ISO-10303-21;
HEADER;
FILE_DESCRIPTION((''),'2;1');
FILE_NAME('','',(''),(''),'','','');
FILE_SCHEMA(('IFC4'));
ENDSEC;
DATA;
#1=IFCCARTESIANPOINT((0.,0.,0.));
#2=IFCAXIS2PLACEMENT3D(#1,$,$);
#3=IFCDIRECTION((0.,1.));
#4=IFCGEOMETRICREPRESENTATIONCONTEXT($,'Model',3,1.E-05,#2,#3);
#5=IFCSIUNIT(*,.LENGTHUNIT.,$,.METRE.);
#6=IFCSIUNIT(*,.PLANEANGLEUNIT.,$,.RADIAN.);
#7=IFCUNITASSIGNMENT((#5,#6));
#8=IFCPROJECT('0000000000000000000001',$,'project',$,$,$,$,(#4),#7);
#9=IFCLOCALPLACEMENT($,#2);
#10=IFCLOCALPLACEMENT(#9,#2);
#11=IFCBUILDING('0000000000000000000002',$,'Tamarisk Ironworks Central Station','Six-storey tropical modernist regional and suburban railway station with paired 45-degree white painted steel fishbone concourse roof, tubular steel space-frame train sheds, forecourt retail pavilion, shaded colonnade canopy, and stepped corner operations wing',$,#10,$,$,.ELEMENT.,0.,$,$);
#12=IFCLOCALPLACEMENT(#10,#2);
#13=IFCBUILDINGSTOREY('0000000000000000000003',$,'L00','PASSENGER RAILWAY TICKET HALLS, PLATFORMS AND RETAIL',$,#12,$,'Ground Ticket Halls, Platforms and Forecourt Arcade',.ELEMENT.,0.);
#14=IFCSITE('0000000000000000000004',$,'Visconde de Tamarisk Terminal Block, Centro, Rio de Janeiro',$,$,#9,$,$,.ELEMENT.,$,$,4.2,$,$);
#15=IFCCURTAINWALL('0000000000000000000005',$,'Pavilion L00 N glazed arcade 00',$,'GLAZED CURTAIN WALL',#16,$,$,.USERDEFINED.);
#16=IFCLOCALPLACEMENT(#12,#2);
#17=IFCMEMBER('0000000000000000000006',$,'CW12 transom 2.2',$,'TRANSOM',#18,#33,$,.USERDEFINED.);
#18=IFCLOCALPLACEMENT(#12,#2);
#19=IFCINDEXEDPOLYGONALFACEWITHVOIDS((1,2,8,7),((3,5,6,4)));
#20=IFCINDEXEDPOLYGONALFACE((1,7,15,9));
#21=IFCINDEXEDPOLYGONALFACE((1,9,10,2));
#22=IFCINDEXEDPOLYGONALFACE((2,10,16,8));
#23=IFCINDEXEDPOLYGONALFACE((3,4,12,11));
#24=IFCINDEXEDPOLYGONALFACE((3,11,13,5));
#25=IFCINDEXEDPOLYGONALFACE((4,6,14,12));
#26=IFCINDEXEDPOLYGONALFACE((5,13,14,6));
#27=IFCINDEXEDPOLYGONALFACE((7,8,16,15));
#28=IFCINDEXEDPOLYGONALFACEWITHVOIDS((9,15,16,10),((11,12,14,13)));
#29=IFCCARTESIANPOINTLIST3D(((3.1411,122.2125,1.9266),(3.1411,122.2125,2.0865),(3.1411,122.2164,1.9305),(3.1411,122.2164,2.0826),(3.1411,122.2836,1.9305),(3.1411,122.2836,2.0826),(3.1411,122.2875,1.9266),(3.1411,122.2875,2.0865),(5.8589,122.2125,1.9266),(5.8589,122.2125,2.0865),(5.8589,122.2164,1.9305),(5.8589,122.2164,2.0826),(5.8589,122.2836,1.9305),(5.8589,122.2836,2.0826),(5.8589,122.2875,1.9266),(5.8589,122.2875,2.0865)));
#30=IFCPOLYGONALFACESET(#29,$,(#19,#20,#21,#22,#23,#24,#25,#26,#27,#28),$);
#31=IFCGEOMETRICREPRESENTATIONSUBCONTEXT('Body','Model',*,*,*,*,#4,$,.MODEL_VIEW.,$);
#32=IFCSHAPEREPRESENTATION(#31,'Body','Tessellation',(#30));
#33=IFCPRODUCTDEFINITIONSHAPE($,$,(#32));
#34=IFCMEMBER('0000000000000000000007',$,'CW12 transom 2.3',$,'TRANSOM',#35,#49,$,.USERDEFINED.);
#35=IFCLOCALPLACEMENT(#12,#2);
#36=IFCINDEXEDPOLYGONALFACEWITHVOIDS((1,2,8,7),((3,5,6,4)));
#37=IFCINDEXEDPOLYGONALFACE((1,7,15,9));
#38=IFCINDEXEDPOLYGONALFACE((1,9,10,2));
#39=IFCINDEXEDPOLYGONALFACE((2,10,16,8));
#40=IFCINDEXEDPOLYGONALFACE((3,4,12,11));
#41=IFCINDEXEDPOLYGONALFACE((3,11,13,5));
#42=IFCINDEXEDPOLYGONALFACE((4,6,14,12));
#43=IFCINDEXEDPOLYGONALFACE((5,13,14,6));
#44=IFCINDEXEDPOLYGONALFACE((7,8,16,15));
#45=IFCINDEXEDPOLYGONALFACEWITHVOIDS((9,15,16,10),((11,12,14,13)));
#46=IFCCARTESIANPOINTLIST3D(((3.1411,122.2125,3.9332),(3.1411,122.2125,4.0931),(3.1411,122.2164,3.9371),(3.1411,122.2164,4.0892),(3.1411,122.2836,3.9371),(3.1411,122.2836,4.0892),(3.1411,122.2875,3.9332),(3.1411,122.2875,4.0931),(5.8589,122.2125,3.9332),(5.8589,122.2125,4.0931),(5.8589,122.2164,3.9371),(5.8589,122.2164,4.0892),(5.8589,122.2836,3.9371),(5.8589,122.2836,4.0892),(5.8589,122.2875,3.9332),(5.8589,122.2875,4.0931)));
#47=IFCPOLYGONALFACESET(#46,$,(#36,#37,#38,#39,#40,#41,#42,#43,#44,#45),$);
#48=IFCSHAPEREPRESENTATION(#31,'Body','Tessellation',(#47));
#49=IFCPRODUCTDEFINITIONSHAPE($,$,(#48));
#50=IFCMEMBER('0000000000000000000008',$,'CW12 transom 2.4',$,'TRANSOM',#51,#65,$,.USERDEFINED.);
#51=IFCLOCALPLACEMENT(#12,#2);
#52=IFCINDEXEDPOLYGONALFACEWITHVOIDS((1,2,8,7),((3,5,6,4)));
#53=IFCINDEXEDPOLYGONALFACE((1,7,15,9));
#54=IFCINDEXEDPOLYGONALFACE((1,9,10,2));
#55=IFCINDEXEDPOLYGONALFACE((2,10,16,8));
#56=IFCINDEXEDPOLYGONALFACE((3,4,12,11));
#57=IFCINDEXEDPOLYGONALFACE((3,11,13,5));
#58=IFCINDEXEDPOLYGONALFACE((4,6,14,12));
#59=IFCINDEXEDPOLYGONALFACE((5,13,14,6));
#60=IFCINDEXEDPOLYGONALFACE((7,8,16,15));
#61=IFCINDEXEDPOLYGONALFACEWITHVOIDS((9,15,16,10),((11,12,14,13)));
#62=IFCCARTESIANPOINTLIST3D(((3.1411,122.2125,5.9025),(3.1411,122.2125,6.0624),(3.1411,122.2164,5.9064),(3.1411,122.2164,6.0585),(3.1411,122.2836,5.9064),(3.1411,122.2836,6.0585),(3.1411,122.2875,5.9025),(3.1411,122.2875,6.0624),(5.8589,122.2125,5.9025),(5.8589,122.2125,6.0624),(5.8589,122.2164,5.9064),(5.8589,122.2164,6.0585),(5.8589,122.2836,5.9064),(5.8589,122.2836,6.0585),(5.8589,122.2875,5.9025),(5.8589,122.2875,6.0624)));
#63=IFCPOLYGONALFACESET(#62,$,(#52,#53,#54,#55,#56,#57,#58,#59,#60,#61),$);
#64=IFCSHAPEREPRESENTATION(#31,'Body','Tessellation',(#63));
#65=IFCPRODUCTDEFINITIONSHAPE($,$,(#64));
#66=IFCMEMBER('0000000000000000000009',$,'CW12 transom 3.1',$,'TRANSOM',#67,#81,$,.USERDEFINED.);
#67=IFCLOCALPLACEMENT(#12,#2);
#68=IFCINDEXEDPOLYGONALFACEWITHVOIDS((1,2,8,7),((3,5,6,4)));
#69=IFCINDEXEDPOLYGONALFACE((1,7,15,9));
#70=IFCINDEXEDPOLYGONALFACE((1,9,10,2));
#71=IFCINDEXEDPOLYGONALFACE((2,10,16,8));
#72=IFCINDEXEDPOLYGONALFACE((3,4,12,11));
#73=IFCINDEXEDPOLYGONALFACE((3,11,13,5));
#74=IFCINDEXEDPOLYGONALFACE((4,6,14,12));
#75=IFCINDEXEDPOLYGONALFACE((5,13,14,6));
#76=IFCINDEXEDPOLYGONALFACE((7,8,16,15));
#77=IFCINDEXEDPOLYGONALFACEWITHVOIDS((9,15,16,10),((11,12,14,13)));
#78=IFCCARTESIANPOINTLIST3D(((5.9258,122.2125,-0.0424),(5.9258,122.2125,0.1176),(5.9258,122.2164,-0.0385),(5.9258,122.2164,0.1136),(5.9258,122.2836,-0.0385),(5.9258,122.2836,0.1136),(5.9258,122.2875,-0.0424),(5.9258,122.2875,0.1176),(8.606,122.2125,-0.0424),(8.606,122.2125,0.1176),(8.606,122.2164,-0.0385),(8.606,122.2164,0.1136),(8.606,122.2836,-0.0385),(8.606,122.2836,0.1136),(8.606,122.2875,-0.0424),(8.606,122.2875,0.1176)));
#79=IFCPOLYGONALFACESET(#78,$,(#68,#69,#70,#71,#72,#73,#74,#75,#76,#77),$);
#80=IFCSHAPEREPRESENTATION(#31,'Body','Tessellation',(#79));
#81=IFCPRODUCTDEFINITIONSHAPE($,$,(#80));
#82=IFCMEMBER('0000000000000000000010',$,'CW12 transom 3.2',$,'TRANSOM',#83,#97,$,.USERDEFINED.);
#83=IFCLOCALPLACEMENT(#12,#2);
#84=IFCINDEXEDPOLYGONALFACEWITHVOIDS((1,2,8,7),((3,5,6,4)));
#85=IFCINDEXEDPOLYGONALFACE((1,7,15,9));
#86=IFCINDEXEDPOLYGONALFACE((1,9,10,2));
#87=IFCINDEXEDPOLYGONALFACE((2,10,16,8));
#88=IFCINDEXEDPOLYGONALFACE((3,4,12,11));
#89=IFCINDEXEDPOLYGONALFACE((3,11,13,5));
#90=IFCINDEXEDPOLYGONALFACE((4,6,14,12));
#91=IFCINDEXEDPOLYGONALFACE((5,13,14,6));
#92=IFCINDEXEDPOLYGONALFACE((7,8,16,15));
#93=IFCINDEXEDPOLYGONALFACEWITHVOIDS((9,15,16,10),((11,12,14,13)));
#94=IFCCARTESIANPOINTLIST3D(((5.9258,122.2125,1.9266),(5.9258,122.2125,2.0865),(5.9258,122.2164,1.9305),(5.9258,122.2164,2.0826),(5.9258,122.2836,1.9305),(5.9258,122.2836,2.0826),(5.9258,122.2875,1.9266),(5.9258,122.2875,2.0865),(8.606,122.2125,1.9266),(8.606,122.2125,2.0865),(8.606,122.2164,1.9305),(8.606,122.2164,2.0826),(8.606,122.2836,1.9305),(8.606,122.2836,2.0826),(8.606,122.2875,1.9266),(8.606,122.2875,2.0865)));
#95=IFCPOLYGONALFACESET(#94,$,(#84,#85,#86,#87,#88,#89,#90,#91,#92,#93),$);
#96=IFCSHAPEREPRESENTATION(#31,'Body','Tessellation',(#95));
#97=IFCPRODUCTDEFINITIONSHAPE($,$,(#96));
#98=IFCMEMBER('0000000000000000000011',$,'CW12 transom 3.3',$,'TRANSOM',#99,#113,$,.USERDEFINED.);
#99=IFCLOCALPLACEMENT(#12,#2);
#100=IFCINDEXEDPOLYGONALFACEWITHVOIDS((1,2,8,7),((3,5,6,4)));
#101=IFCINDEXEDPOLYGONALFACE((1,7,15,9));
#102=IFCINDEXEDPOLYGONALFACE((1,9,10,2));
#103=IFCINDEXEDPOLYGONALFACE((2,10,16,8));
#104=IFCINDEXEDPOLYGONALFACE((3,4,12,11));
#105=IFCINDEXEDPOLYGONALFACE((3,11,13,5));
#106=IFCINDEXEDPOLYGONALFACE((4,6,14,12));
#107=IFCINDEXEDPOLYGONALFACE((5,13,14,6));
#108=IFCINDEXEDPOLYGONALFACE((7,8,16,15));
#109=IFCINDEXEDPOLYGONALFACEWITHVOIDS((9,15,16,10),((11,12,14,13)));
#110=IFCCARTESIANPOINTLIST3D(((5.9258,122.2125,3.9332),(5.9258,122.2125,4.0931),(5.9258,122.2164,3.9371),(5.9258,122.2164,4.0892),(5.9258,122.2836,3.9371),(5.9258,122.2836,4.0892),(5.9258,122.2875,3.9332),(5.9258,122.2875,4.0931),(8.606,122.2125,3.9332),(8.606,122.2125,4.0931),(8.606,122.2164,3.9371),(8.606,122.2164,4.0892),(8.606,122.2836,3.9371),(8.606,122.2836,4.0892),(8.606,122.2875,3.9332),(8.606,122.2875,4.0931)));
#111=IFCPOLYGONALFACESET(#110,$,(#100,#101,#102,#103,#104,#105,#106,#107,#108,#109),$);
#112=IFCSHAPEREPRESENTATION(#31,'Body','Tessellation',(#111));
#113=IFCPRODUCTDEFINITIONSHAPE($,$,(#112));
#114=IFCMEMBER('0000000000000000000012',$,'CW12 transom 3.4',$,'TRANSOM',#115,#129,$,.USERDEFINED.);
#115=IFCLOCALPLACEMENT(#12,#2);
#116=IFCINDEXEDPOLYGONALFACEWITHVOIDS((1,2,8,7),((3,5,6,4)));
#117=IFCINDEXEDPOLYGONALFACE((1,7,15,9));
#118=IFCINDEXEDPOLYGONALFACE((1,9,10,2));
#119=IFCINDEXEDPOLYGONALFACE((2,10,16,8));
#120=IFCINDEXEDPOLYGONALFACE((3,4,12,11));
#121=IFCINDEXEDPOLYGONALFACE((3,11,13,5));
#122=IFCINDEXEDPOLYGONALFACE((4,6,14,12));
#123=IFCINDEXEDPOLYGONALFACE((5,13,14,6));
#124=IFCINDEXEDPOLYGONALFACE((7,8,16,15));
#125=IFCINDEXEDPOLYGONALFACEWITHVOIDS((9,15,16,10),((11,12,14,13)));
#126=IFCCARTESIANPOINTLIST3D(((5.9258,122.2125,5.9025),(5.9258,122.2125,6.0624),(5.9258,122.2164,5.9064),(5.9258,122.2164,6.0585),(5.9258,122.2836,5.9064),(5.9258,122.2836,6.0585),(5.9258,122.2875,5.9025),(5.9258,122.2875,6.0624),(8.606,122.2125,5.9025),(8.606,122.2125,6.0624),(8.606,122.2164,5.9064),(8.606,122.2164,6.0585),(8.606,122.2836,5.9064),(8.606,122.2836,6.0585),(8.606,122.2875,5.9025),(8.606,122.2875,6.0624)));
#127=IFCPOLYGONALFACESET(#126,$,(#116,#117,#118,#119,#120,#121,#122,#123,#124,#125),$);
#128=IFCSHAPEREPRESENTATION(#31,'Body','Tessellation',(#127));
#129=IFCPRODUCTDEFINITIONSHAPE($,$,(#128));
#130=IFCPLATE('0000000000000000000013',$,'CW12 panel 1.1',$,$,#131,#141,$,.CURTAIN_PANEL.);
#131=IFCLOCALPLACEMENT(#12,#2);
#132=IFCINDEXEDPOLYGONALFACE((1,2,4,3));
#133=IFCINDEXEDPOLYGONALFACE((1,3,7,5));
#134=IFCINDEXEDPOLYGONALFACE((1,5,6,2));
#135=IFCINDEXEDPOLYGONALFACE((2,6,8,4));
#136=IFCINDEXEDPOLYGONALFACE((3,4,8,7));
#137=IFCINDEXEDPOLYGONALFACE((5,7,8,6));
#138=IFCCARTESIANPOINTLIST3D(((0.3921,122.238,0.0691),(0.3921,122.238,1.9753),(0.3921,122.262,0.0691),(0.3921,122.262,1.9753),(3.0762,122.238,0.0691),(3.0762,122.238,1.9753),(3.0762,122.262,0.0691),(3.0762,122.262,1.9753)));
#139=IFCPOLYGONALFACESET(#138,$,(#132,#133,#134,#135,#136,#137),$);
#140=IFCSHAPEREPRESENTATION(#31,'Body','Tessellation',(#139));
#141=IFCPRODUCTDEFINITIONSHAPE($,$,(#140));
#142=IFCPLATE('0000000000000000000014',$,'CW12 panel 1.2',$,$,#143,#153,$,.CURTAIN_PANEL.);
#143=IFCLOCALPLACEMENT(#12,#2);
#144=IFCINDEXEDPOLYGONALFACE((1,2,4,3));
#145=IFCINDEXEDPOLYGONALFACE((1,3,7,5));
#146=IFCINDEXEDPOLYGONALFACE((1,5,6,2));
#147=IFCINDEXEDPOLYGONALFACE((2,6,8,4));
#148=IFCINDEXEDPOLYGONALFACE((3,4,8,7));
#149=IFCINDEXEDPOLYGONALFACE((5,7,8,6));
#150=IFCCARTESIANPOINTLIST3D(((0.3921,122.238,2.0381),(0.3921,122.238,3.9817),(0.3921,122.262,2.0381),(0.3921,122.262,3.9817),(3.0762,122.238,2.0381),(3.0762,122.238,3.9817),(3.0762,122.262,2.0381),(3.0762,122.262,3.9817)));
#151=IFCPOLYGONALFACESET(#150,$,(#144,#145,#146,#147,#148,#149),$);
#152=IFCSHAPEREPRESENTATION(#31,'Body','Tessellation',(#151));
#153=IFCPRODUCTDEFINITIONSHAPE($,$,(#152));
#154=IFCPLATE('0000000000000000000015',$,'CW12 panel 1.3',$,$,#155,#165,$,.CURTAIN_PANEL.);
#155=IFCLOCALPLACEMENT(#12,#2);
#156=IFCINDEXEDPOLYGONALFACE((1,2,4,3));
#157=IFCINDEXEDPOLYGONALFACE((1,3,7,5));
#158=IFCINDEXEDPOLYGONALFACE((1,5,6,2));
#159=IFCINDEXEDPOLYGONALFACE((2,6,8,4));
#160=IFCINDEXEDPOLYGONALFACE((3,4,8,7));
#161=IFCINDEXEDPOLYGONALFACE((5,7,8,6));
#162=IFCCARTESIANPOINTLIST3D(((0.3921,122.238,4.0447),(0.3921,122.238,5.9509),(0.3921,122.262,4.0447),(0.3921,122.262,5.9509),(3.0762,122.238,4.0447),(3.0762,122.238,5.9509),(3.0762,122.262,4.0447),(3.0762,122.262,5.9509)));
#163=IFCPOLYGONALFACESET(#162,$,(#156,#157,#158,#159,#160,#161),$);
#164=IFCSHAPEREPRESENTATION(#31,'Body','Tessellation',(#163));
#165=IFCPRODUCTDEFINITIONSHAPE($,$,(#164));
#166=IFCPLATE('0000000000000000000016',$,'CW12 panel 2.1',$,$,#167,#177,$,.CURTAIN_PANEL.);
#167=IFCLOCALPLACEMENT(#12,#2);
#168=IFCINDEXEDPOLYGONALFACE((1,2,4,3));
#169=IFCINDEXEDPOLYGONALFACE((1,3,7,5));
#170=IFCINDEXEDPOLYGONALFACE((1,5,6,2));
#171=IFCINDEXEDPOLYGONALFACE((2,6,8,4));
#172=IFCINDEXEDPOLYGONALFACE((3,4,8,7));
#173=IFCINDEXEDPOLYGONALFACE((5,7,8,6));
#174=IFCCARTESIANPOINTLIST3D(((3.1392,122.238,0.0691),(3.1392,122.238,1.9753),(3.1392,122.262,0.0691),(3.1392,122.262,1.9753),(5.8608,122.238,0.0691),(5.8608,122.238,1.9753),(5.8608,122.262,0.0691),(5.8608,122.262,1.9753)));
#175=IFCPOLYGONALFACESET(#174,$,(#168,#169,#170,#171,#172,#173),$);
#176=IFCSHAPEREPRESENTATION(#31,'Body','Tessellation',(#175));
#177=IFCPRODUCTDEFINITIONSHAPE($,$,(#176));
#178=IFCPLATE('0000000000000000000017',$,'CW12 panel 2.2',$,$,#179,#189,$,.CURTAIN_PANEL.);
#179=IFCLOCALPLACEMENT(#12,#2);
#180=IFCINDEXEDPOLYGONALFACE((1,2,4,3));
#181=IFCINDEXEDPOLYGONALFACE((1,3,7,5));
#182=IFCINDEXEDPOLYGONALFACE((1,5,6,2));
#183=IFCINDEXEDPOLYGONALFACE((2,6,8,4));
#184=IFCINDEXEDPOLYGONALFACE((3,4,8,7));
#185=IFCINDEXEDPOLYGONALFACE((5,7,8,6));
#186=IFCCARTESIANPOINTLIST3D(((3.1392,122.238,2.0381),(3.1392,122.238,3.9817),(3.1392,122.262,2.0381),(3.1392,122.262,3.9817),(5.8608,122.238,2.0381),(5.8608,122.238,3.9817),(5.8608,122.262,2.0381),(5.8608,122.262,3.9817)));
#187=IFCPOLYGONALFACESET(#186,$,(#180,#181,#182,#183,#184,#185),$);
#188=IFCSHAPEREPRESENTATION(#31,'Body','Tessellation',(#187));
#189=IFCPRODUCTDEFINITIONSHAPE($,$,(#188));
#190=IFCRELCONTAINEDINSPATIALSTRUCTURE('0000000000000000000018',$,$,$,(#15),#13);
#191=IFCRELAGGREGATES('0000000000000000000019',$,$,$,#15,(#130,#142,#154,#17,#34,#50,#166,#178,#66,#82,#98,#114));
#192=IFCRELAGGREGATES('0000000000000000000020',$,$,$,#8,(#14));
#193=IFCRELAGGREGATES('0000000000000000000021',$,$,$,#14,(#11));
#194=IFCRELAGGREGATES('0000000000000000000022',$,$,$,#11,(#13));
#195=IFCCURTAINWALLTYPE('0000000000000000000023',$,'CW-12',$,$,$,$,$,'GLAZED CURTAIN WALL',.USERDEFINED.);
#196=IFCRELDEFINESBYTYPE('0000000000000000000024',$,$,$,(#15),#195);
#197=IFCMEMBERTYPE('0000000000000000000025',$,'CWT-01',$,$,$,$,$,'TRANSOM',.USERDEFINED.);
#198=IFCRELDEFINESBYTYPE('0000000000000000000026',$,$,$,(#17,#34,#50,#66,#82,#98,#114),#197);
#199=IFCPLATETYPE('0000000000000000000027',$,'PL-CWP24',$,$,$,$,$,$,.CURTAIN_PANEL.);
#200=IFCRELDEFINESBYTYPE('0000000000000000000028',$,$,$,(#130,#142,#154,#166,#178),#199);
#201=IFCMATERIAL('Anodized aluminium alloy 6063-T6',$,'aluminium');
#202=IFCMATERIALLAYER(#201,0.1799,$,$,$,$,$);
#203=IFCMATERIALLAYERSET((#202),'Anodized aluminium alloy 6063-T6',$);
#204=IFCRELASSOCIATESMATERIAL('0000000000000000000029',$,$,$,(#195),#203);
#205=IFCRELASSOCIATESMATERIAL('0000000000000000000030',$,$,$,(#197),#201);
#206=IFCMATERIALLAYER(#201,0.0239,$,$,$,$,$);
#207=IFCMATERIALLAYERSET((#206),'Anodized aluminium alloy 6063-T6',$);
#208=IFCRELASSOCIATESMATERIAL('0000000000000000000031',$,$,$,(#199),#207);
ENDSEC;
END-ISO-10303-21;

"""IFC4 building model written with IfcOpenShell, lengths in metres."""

from ifc_helpers import new_model, si_unit, direction, frame, origin, origin_2d, place, context, subcontext, project, spatial, rectangle, hollow_rectangle, extrude, material, layer, layer_set, material_profile, profile_set, type_object, element, aggregate, save


model = new_model("IFC4")

# Units and contexts
model_context = context("Model", 3, precision=1e-05, world=origin(), true_north=direction((0.0, 1.0)))
body_context = subcontext(model_context, "Body", "Model", "MODEL_VIEW")
ifc_project = project(units=[si_unit("LENGTHUNIT", "METRE"), si_unit("PLANEANGLEUNIT", "RADIAN")], contexts=[model_context])

# Site, building, storey
site_placement = place(None, origin())
site = spatial("IfcSite", under=ifc_project, at=site_placement, Name="Visconde de Tamarisk Terminal Block, Centro, Rio de Janeiro", CompositionType="ELEMENT", RefElevation=4.2)
building_placement = place(site_placement, origin())
building = spatial("IfcBuilding", under=site, at=building_placement, Name="Tamarisk Ironworks Central Station", Description="Six-storey tropical modernist regional and suburban railway station with paired 45-degree white painted steel fishbone concourse roof, tubular steel space-frame train sheds, forecourt retail pavilion, shaded colonnade canopy, and stepped corner operations wing", CompositionType="ELEMENT", ElevationOfRefHeight=0.0)
storey_placement = place(building_placement, origin())
storey = spatial("IfcBuildingStorey", under=building, at=storey_placement, Name="L00", Description="PASSENGER RAILWAY TICKET HALLS, PLATFORMS AND RETAIL", LongName="Ground Ticket Halls, Platforms and Forecourt Arcade", CompositionType="ELEMENT", Elevation=0.0)

# Curtain wall, members, plates
ifc_material_1 = material(Name="Anodized aluminium alloy 6063-T6", Category="aluminium")
ifc_layer_1 = layer(ifc_material_1, 0.1799)
ifc_layer_set_1 = layer_set([ifc_layer_1], Name="Anodized aluminium alloy 6063-T6")
curtain_wall_type = type_object("IfcCurtainWallType", Name="CW-12", ElementType="GLAZED CURTAIN WALL", PredefinedType="USERDEFINED", material=ifc_layer_set_1)
curtain_wall_placement = place(storey_placement, origin())
curtain_wall = element("IfcCurtainWall", 1, at=curtain_wall_placement, inside=storey, type_object=curtain_wall_type, Name="Pavilion L00 N glazed arcade 00", ObjectType="GLAZED CURTAIN WALL", PredefinedType="USERDEFINED")
ifc_material_profile_1 = material_profile(ifc_material_1, hollow_rectangle(XDim=0.075, YDim=0.1599, WallThickness=0.0039, at=origin_2d()), Name="ALUM 160x75")
ifc_profile_set_1 = profile_set([ifc_material_profile_1], Name="Anodized aluminium alloy 6063-T6")
member_type_1 = type_object("IfcMemberType", Name="CWT-01", ElementType="TRANSOM", PredefinedType="USERDEFINED", material=ifc_profile_set_1)
member_1_placement = place(storey_placement, frame((3.1411, 122.25, 2.0066), z_axis=(1.0, 0.0, 0.0), x_axis=(0.0, 1.0, 0.0)))
member_1 = element("IfcMember", 2, at=member_1_placement, type_object=member_type_1, Name="CW12 transom 2.2", ObjectType="TRANSOM", PredefinedType="USERDEFINED", context=body_context, shape_type="SweptSolid", body=[
    extrude(hollow_rectangle(XDim=0.075, YDim=0.1599, WallThickness=0.0039, at=origin_2d()), origin(), (0.0, 0.0, 1.0), 2.7178),
])
member_2_placement = place(storey_placement, frame((3.1411, 122.25, 4.0132), z_axis=(1.0, 0.0, 0.0), x_axis=(0.0, 1.0, 0.0)))
member_2 = element("IfcMember", 3, at=member_2_placement, type_object=member_type_1, Name="CW12 transom 2.3", ObjectType="TRANSOM", PredefinedType="USERDEFINED", context=body_context, shape_type="SweptSolid", body=[
    extrude(hollow_rectangle(XDim=0.075, YDim=0.1599, WallThickness=0.0039, at=origin_2d()), origin(), (0.0, 0.0, 1.0), 2.7178),
])
member_3_placement = place(storey_placement, frame((3.1411, 122.25, 5.9824), z_axis=(1.0, 0.0, 0.0), x_axis=(0.0, 1.0, 0.0)))
member_3 = element("IfcMember", 4, at=member_3_placement, type_object=member_type_1, Name="CW12 transom 2.4", ObjectType="TRANSOM", PredefinedType="USERDEFINED", context=body_context, shape_type="SweptSolid", body=[
    extrude(hollow_rectangle(XDim=0.075, YDim=0.1599, WallThickness=0.0039, at=origin_2d()), origin(), (0.0, 0.0, 1.0), 2.7178),
])
member_4_placement = place(storey_placement, frame((5.9258, 122.25, 0.0376), z_axis=(1.0, 0.0, 0.0), x_axis=(0.0, 1.0, 0.0)))
member_4 = element("IfcMember", 5, at=member_4_placement, type_object=member_type_1, Name="CW12 transom 3.1", ObjectType="TRANSOM", PredefinedType="USERDEFINED", context=body_context, shape_type="SweptSolid", body=[
    extrude(hollow_rectangle(XDim=0.075, YDim=0.1599, WallThickness=0.0039, at=origin_2d()), origin(), (0.0, 0.0, 1.0), 2.6802),
])
member_5_placement = place(storey_placement, frame((5.9258, 122.25, 2.0066), z_axis=(1.0, 0.0, 0.0), x_axis=(0.0, 1.0, 0.0)))
member_5 = element("IfcMember", 6, at=member_5_placement, type_object=member_type_1, Name="CW12 transom 3.2", ObjectType="TRANSOM", PredefinedType="USERDEFINED", context=body_context, shape_type="SweptSolid", body=[
    extrude(hollow_rectangle(XDim=0.075, YDim=0.1599, WallThickness=0.0039, at=origin_2d()), origin(), (0.0, 0.0, 1.0), 2.6802),
])
member_6_placement = place(storey_placement, frame((5.9258, 122.25, 4.0132), z_axis=(1.0, 0.0, 0.0), x_axis=(0.0, 1.0, 0.0)))
member_6 = element("IfcMember", 7, at=member_6_placement, type_object=member_type_1, Name="CW12 transom 3.3", ObjectType="TRANSOM", PredefinedType="USERDEFINED", context=body_context, shape_type="SweptSolid", body=[
    extrude(hollow_rectangle(XDim=0.075, YDim=0.1599, WallThickness=0.0039, at=origin_2d()), origin(), (0.0, 0.0, 1.0), 2.6802),
])
member_7_placement = place(storey_placement, frame((5.9258, 122.25, 5.9824), z_axis=(1.0, 0.0, 0.0), x_axis=(0.0, 1.0, 0.0)))
member_7 = element("IfcMember", 8, at=member_7_placement, type_object=member_type_1, Name="CW12 transom 3.4", ObjectType="TRANSOM", PredefinedType="USERDEFINED", context=body_context, shape_type="SweptSolid", body=[
    extrude(hollow_rectangle(XDim=0.075, YDim=0.1599, WallThickness=0.0039, at=origin_2d()), origin(), (0.0, 0.0, 1.0), 2.6802),
])
ifc_layer_2 = layer(ifc_material_1, 0.0239)
ifc_layer_set_2 = layer_set([ifc_layer_2], Name="Anodized aluminium alloy 6063-T6")
plate_type = type_object("IfcPlateType", Name="PL-CWP24", PredefinedType="CURTAIN_PANEL", material=ifc_layer_set_2)
plate_1_placement = place(storey_placement, frame((1.7341, 122.25, 0.0691), z_axis=(0.0, 0.0, 1.0), x_axis=(1.0, 0.0, 0.0)))
plate_1 = element("IfcPlate", 9, at=plate_1_placement, type_object=plate_type, Name="CW12 panel 1.1", PredefinedType="CURTAIN_PANEL", context=body_context, shape_type="SweptSolid", body=[
    extrude(rectangle(XDim=2.6841, YDim=0.0239, at=origin_2d()), origin(), (0.0, 0.0, 1.0), 1.9062),
])
plate_2_placement = place(storey_placement, frame((1.7341, 122.25, 2.0381), z_axis=(0.0, 0.0, 1.0), x_axis=(1.0, 0.0, 0.0)))
plate_2 = element("IfcPlate", 10, at=plate_2_placement, type_object=plate_type, Name="CW12 panel 1.2", PredefinedType="CURTAIN_PANEL", context=body_context, shape_type="SweptSolid", body=[
    extrude(rectangle(XDim=2.6841, YDim=0.0239, at=origin_2d()), origin(), (0.0, 0.0, 1.0), 1.9436),
])
plate_3_placement = place(storey_placement, frame((1.7341, 122.25, 4.0447), z_axis=(0.0, 0.0, 1.0), x_axis=(1.0, 0.0, 0.0)))
plate_3 = element("IfcPlate", 11, at=plate_3_placement, type_object=plate_type, Name="CW12 panel 1.3", PredefinedType="CURTAIN_PANEL", context=body_context, shape_type="SweptSolid", body=[
    extrude(rectangle(XDim=2.6841, YDim=0.0239, at=origin_2d()), origin(), (0.0, 0.0, 1.0), 1.9062),
])
plate_4_placement = place(storey_placement, frame((4.5, 122.25, 0.0691), z_axis=(0.0, 0.0, 1.0), x_axis=(1.0, 0.0, 0.0)))
plate_4 = element("IfcPlate", 12, at=plate_4_placement, type_object=plate_type, Name="CW12 panel 2.1", PredefinedType="CURTAIN_PANEL", context=body_context, shape_type="SweptSolid", body=[
    extrude(rectangle(XDim=2.7217, YDim=0.0239, at=origin_2d()), origin(), (0.0, 0.0, 1.0), 1.9062),
])
plate_5_placement = place(storey_placement, frame((4.5, 122.25, 2.0381), z_axis=(0.0, 0.0, 1.0), x_axis=(1.0, 0.0, 0.0)))
plate_5 = element("IfcPlate", 13, at=plate_5_placement, type_object=plate_type, Name="CW12 panel 2.2", PredefinedType="CURTAIN_PANEL", context=body_context, shape_type="SweptSolid", body=[
    extrude(rectangle(XDim=2.7217, YDim=0.0239, at=origin_2d()), origin(), (0.0, 0.0, 1.0), 1.9436),
])
aggregate(curtain_wall, [plate_1, plate_2, plate_3, member_1, member_2, member_3, plate_4, plate_5, member_4, member_5, member_6, member_7])

save(model, "model.ifc")
